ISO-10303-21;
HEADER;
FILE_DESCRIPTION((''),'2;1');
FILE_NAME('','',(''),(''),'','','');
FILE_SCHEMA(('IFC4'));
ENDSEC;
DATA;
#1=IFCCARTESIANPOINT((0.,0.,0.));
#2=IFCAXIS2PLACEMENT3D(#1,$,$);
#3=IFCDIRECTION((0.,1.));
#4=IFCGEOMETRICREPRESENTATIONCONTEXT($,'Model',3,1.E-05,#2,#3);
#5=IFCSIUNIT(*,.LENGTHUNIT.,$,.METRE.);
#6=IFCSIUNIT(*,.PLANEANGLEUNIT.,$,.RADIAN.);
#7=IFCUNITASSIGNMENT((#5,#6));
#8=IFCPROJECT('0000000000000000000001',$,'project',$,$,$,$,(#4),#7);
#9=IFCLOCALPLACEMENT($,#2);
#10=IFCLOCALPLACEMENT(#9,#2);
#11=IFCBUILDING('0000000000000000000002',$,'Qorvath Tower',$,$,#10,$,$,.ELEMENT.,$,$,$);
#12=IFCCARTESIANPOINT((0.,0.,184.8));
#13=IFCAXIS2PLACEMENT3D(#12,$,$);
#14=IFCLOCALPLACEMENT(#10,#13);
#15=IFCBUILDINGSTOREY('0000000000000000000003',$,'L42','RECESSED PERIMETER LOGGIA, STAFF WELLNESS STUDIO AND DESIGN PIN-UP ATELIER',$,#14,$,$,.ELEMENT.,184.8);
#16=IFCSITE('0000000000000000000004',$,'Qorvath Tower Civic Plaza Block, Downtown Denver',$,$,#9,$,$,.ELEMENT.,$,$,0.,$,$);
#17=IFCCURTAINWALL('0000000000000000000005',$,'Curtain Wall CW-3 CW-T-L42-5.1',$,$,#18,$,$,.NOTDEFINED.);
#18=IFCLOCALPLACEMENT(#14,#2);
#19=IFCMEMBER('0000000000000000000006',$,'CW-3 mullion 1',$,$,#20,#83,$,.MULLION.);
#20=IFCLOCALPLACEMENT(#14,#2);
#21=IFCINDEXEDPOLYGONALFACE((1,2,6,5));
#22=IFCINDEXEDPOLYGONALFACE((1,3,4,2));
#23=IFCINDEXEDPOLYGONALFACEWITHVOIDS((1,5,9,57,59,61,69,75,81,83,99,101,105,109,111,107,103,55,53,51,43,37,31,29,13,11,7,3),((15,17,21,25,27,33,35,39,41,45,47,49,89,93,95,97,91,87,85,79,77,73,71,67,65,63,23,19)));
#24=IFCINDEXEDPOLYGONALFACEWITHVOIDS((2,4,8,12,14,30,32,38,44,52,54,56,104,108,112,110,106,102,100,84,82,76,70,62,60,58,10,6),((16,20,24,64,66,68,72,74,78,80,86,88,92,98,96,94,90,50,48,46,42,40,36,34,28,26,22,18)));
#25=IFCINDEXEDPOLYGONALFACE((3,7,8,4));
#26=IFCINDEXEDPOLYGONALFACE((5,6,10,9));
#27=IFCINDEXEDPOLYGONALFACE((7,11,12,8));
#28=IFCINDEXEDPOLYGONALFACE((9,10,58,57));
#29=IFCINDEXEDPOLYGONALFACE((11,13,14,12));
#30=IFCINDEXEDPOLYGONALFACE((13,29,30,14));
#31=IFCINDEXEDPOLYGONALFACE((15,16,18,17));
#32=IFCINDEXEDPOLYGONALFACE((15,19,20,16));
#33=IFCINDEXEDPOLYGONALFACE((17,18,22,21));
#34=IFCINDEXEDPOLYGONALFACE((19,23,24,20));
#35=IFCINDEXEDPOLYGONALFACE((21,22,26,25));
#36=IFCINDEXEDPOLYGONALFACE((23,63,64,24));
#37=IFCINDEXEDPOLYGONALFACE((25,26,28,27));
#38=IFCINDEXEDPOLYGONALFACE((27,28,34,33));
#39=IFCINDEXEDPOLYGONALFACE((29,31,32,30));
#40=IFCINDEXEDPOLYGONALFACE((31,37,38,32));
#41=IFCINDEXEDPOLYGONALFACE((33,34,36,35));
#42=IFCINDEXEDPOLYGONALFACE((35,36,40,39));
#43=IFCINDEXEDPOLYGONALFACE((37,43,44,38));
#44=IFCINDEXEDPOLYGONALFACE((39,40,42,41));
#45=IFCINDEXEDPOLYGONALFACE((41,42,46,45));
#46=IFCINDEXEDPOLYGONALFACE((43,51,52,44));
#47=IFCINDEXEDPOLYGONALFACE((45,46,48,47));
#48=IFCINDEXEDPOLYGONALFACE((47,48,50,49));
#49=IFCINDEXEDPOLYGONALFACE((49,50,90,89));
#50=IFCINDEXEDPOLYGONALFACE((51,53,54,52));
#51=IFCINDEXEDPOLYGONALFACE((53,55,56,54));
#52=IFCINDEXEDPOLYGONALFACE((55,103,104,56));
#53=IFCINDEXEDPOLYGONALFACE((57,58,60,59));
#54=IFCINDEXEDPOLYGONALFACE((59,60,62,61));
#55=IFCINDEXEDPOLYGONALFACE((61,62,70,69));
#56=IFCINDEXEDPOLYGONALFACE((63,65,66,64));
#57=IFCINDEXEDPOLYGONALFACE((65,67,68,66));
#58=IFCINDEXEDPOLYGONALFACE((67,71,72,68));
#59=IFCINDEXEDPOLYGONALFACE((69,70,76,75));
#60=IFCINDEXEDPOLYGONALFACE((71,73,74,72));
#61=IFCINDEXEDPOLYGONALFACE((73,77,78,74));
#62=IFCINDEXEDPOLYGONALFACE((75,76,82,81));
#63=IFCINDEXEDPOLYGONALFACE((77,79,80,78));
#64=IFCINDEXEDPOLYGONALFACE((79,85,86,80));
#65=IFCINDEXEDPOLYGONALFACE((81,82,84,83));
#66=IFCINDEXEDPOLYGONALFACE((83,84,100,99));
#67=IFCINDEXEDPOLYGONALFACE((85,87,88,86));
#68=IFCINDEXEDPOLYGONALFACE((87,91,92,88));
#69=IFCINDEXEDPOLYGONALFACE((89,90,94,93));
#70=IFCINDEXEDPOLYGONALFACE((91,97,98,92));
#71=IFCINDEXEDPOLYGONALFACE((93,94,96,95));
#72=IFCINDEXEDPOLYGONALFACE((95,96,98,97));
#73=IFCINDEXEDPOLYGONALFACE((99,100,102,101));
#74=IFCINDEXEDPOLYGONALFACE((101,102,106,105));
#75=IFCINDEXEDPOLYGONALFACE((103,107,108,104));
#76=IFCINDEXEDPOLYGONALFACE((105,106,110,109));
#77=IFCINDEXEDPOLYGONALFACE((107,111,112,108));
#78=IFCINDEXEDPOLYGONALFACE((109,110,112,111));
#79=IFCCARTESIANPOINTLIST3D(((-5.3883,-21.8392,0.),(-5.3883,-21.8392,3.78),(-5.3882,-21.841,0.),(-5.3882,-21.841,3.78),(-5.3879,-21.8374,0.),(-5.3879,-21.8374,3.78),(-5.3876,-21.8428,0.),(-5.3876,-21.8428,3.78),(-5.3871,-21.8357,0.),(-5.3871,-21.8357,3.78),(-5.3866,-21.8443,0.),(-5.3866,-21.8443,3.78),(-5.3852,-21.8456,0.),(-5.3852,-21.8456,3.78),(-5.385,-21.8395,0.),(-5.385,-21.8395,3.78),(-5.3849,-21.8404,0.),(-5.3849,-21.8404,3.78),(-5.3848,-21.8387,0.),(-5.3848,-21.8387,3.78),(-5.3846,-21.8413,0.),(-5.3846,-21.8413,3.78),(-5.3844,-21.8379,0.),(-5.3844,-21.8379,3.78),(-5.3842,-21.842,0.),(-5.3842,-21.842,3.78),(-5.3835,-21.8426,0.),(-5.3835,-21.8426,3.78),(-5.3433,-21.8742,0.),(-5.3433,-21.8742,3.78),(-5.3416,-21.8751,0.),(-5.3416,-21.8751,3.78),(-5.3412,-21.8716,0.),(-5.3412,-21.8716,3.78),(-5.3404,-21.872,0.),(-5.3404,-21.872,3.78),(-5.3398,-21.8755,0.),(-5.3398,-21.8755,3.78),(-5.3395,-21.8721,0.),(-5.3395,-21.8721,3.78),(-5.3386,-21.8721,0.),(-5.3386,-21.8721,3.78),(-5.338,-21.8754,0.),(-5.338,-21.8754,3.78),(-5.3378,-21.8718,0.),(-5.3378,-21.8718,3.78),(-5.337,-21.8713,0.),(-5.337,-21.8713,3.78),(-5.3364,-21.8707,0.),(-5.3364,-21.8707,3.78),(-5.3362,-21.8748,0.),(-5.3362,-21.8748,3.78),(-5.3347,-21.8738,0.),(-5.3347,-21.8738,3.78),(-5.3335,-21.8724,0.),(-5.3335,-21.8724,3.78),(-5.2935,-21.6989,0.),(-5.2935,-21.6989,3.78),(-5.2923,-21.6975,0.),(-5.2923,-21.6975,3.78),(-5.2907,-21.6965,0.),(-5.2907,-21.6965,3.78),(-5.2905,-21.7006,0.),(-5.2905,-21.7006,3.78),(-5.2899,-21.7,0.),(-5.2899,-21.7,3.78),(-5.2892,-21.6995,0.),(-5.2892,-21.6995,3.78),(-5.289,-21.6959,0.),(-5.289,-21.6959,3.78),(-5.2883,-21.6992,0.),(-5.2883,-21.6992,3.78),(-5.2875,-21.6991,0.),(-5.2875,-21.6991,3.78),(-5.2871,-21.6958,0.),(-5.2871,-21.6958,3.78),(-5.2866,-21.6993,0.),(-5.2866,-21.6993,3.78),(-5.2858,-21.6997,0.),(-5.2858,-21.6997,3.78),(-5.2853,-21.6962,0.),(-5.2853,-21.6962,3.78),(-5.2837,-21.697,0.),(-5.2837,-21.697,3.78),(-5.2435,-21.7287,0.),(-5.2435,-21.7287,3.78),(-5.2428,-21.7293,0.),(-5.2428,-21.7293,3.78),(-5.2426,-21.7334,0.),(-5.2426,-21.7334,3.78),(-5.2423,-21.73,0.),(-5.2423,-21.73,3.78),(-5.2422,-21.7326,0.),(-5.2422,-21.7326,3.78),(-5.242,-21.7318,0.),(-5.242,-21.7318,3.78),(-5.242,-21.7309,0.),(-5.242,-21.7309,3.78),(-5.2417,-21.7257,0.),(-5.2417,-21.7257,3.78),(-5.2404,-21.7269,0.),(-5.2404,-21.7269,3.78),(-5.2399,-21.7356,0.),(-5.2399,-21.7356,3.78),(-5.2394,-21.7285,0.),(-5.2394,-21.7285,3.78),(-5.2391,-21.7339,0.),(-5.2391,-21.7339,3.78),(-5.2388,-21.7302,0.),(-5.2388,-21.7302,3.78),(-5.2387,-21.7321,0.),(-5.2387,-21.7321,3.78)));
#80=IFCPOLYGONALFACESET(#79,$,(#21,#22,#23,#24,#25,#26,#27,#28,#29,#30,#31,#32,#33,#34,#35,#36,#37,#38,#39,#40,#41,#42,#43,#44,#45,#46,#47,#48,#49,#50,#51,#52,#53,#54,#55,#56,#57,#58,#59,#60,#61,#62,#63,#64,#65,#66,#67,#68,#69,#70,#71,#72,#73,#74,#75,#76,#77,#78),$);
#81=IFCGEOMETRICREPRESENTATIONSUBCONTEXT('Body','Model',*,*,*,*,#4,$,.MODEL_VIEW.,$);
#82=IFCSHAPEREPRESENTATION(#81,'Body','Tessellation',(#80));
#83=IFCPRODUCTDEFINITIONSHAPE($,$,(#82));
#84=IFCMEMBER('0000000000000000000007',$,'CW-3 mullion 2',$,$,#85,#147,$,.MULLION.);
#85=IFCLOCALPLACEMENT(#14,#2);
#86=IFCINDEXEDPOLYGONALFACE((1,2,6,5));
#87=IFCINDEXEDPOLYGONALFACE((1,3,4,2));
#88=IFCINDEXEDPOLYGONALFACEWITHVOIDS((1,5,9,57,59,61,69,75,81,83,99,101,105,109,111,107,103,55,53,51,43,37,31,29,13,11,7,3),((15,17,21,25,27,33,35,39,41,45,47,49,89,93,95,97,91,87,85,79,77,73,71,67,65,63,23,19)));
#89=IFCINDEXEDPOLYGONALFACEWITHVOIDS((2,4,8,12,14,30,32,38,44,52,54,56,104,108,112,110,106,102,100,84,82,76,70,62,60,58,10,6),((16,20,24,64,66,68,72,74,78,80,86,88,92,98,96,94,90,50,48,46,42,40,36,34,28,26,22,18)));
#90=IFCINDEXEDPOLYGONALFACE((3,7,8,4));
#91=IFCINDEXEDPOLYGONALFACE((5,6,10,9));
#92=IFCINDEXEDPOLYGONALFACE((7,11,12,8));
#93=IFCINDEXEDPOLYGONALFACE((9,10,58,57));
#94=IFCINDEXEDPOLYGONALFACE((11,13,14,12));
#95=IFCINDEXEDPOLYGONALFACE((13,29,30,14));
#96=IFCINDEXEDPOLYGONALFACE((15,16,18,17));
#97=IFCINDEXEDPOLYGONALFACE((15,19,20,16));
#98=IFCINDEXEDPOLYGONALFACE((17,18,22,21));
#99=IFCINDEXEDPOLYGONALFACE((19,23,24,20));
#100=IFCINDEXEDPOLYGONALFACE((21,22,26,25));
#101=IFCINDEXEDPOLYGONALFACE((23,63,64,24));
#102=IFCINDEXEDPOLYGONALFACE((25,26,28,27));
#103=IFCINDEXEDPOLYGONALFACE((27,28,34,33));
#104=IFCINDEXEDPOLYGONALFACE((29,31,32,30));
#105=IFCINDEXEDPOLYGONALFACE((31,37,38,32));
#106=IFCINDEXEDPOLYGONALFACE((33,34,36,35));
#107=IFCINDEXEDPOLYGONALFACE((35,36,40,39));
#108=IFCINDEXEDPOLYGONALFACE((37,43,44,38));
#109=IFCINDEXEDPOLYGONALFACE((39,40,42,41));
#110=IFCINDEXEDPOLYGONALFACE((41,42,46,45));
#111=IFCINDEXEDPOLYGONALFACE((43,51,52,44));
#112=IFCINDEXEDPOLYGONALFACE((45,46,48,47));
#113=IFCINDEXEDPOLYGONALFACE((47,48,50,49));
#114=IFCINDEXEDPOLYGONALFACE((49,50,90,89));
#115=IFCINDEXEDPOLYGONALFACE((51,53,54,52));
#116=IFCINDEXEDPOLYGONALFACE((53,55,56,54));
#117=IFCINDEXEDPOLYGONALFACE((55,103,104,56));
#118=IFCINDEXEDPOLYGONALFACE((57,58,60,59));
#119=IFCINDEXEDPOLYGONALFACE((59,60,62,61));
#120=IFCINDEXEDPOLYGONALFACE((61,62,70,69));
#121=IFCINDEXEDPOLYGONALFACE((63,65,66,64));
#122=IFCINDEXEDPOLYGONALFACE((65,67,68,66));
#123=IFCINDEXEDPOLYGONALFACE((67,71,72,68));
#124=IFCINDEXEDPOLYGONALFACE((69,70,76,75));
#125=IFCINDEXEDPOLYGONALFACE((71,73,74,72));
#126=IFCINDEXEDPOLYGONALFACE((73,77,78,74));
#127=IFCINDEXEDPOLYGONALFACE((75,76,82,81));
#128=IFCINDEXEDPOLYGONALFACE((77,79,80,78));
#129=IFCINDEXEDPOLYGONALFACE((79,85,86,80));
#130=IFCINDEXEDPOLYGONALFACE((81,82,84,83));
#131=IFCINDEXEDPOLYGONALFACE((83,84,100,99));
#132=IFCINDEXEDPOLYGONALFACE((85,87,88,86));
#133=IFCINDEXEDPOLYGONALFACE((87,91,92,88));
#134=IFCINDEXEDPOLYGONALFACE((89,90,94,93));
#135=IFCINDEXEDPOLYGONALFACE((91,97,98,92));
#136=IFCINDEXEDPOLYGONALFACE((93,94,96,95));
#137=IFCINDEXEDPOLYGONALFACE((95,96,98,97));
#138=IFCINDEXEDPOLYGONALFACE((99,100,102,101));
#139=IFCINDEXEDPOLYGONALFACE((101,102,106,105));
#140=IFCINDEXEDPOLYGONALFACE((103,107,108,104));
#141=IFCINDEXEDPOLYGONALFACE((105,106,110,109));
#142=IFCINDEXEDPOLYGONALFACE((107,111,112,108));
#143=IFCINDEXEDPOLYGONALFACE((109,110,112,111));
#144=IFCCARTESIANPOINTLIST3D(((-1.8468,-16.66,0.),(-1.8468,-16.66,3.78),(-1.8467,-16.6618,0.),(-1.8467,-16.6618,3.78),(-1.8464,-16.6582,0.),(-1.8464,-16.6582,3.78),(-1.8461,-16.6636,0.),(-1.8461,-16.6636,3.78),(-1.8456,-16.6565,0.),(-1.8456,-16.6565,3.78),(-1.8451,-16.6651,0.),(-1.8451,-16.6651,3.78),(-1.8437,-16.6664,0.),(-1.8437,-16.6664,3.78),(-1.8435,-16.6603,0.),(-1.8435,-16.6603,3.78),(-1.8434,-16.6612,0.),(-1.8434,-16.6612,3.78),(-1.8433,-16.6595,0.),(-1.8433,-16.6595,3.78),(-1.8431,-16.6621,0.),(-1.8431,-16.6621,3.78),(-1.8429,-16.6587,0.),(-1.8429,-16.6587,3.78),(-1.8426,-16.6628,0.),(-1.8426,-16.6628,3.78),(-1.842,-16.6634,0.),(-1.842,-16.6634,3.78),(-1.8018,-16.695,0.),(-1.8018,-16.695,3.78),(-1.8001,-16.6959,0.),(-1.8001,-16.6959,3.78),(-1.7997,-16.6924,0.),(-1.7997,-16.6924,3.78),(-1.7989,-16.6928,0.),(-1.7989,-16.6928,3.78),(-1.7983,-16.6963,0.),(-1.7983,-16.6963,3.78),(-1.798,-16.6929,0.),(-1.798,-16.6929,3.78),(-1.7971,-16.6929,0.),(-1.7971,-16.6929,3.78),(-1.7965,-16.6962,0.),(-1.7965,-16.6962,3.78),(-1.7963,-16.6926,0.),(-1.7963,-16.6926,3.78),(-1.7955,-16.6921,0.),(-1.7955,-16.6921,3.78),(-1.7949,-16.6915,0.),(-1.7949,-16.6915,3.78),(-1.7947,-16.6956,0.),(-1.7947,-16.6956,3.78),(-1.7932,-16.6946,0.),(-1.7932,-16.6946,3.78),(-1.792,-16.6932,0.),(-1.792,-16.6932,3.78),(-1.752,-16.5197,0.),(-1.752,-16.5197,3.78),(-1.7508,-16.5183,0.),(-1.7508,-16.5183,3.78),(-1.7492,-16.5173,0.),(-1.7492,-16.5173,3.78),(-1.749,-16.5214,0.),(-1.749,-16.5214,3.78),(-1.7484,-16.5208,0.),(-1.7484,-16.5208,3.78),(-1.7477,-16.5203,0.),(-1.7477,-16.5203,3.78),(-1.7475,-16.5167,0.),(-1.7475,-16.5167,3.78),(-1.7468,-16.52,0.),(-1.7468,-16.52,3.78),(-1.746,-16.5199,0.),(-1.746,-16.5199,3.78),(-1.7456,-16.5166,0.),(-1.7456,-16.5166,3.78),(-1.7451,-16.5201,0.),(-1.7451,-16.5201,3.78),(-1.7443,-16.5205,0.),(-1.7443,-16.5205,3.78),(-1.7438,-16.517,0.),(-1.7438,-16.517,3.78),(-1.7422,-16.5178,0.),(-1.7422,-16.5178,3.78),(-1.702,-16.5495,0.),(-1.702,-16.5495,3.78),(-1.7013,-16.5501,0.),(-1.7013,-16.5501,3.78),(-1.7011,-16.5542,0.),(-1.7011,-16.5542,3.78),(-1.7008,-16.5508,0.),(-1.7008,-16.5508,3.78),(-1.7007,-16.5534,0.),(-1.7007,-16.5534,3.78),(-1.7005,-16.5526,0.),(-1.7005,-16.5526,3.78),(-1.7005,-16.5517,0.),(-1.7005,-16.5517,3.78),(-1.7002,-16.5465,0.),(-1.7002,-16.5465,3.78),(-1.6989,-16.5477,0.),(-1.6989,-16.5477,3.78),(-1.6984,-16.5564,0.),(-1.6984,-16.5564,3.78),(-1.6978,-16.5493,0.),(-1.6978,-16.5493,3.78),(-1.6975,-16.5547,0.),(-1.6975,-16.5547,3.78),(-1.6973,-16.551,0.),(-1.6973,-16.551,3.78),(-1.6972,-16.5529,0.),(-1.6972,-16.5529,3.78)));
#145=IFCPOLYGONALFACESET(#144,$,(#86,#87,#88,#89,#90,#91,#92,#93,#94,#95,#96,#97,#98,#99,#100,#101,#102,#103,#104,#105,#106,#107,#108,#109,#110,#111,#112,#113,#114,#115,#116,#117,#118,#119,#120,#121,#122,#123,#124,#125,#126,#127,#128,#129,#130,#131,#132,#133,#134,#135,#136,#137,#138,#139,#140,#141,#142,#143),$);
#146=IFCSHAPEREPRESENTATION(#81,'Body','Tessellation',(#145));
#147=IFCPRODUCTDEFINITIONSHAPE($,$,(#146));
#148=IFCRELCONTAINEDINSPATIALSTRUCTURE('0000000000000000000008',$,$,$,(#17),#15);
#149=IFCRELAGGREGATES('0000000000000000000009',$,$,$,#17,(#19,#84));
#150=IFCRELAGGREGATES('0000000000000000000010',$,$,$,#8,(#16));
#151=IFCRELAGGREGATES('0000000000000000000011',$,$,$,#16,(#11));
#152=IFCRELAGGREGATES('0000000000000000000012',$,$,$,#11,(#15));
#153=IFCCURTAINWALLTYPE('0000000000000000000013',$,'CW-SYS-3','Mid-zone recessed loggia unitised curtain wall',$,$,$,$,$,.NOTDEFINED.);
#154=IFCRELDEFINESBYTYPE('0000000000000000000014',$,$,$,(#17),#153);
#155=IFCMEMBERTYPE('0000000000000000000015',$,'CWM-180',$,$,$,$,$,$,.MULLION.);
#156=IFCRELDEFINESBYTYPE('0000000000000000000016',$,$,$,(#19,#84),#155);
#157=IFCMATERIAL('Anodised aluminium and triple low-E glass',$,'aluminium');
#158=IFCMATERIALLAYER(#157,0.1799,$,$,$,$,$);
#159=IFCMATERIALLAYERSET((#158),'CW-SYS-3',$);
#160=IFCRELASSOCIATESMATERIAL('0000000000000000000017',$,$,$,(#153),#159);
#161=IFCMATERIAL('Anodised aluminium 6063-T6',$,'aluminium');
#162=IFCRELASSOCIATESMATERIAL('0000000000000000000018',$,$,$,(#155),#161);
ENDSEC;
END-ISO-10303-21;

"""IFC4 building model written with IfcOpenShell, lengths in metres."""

from ifc_helpers import new_model, si_unit, direction, frame, origin, origin_2d, place, context, subcontext, project, spatial, hollow_rectangle, extrude, material, layer, layer_set, material_profile, profile_set, type_object, element, aggregate, save


model = new_model("IFC4")

# Units and contexts
model_context = context("Model", 3, precision=1e-05, world=origin(), true_north=direction((0.0, 1.0)))
body_context = subcontext(model_context, "Body", "Model", "MODEL_VIEW")
ifc_project = project(units=[si_unit("LENGTHUNIT", "METRE"), si_unit("PLANEANGLEUNIT", "RADIAN")], contexts=[model_context])

# Site, building, storey
site_placement = place(None, origin())
site = spatial("IfcSite", under=ifc_project, at=site_placement, Name="Qorvath Tower Civic Plaza Block, Downtown Denver", CompositionType="ELEMENT", RefElevation=0.0)
building_placement = place(site_placement, origin())
building = spatial("IfcBuilding", under=site, at=building_placement, Name="Qorvath Tower", CompositionType="ELEMENT")
storey_placement = place(building_placement, frame((0.0, 0.0, 184.8)))
storey = spatial("IfcBuildingStorey", under=building, at=storey_placement, Name="L42", Description="RECESSED PERIMETER LOGGIA, STAFF WELLNESS STUDIO AND DESIGN PIN-UP ATELIER", CompositionType="ELEMENT", Elevation=184.8)

# Shared definitions
ifc_material_1 = material(Name="Anodised aluminium and triple low-E glass", Category="aluminium")
ifc_layer_1 = layer(ifc_material_1, 0.1799)
ifc_layer_set_1 = layer_set([ifc_layer_1], Name="CW-SYS-3")
curtain_wall_type = type_object("IfcCurtainWallType", Name="CW-SYS-3", Description="Mid-zone recessed loggia unitised curtain wall", PredefinedType="NOTDEFINED", material=ifc_layer_set_1)
ifc_material_2 = material(Name="Anodised aluminium 6063-T6", Category="aluminium")
ifc_material_profile_1 = material_profile(ifc_material_2, hollow_rectangle(XDim=0.0649, YDim=0.1799, WallThickness=0.0034, InnerFilletRadius=0.0034, OuterFilletRadius=0.0071, at=origin_2d()), Name="CWM 180x65")
ifc_profile_set_1 = profile_set([ifc_material_profile_1], Name="Anodised aluminium 6063-T6")
member_type_1 = type_object("IfcMemberType", Name="CWM-180", PredefinedType="MULLION", material=ifc_profile_set_1)

# Curtain wall, members
curtain_wall_1_placement = place(storey_placement, origin())
curtain_wall_1 = element("IfcCurtainWall", 1, at=curtain_wall_1_placement, inside=storey, type_object=curtain_wall_type, Name="Curtain Wall CW-3 CW-T-L42-5.1", PredefinedType="NOTDEFINED")
member_1_placement = place(storey_placement, frame((-5.3135, -21.7856, 0.0), z_axis=(0.0, 0.0, 1.0), x_axis=(-0.825477, 0.564436, 0.0)))
member_1 = element("IfcMember", 2, at=member_1_placement, type_object=member_type_1, Name="CW-3 mullion 1", PredefinedType="MULLION", context=body_context, shape_type="SweptSolid", body=[
    extrude(hollow_rectangle(XDim=0.0649, YDim=0.1799, WallThickness=0.0034, InnerFilletRadius=0.0034, OuterFilletRadius=0.0071, at=origin_2d()), origin(), (0.0, 0.0, 1.0), 3.78),
])
member_2_placement = place(storey_placement, frame((-1.772, -16.6064, 0.0), z_axis=(0.0, 0.0, 1.0), x_axis=(-0.825477, 0.564436, 0.0)))
member_2 = element("IfcMember", 3, at=member_2_placement, type_object=member_type_1, Name="CW-3 mullion 2", PredefinedType="MULLION", context=body_context, shape_type="SweptSolid", body=[
    extrude(hollow_rectangle(XDim=0.0649, YDim=0.1799, WallThickness=0.0034, InnerFilletRadius=0.0034, OuterFilletRadius=0.0071, at=origin_2d()), origin(), (0.0, 0.0, 1.0), 3.78),
])

aggregate(curtain_wall_1, [member_1, member_2])

save(model, "model.ifc")
